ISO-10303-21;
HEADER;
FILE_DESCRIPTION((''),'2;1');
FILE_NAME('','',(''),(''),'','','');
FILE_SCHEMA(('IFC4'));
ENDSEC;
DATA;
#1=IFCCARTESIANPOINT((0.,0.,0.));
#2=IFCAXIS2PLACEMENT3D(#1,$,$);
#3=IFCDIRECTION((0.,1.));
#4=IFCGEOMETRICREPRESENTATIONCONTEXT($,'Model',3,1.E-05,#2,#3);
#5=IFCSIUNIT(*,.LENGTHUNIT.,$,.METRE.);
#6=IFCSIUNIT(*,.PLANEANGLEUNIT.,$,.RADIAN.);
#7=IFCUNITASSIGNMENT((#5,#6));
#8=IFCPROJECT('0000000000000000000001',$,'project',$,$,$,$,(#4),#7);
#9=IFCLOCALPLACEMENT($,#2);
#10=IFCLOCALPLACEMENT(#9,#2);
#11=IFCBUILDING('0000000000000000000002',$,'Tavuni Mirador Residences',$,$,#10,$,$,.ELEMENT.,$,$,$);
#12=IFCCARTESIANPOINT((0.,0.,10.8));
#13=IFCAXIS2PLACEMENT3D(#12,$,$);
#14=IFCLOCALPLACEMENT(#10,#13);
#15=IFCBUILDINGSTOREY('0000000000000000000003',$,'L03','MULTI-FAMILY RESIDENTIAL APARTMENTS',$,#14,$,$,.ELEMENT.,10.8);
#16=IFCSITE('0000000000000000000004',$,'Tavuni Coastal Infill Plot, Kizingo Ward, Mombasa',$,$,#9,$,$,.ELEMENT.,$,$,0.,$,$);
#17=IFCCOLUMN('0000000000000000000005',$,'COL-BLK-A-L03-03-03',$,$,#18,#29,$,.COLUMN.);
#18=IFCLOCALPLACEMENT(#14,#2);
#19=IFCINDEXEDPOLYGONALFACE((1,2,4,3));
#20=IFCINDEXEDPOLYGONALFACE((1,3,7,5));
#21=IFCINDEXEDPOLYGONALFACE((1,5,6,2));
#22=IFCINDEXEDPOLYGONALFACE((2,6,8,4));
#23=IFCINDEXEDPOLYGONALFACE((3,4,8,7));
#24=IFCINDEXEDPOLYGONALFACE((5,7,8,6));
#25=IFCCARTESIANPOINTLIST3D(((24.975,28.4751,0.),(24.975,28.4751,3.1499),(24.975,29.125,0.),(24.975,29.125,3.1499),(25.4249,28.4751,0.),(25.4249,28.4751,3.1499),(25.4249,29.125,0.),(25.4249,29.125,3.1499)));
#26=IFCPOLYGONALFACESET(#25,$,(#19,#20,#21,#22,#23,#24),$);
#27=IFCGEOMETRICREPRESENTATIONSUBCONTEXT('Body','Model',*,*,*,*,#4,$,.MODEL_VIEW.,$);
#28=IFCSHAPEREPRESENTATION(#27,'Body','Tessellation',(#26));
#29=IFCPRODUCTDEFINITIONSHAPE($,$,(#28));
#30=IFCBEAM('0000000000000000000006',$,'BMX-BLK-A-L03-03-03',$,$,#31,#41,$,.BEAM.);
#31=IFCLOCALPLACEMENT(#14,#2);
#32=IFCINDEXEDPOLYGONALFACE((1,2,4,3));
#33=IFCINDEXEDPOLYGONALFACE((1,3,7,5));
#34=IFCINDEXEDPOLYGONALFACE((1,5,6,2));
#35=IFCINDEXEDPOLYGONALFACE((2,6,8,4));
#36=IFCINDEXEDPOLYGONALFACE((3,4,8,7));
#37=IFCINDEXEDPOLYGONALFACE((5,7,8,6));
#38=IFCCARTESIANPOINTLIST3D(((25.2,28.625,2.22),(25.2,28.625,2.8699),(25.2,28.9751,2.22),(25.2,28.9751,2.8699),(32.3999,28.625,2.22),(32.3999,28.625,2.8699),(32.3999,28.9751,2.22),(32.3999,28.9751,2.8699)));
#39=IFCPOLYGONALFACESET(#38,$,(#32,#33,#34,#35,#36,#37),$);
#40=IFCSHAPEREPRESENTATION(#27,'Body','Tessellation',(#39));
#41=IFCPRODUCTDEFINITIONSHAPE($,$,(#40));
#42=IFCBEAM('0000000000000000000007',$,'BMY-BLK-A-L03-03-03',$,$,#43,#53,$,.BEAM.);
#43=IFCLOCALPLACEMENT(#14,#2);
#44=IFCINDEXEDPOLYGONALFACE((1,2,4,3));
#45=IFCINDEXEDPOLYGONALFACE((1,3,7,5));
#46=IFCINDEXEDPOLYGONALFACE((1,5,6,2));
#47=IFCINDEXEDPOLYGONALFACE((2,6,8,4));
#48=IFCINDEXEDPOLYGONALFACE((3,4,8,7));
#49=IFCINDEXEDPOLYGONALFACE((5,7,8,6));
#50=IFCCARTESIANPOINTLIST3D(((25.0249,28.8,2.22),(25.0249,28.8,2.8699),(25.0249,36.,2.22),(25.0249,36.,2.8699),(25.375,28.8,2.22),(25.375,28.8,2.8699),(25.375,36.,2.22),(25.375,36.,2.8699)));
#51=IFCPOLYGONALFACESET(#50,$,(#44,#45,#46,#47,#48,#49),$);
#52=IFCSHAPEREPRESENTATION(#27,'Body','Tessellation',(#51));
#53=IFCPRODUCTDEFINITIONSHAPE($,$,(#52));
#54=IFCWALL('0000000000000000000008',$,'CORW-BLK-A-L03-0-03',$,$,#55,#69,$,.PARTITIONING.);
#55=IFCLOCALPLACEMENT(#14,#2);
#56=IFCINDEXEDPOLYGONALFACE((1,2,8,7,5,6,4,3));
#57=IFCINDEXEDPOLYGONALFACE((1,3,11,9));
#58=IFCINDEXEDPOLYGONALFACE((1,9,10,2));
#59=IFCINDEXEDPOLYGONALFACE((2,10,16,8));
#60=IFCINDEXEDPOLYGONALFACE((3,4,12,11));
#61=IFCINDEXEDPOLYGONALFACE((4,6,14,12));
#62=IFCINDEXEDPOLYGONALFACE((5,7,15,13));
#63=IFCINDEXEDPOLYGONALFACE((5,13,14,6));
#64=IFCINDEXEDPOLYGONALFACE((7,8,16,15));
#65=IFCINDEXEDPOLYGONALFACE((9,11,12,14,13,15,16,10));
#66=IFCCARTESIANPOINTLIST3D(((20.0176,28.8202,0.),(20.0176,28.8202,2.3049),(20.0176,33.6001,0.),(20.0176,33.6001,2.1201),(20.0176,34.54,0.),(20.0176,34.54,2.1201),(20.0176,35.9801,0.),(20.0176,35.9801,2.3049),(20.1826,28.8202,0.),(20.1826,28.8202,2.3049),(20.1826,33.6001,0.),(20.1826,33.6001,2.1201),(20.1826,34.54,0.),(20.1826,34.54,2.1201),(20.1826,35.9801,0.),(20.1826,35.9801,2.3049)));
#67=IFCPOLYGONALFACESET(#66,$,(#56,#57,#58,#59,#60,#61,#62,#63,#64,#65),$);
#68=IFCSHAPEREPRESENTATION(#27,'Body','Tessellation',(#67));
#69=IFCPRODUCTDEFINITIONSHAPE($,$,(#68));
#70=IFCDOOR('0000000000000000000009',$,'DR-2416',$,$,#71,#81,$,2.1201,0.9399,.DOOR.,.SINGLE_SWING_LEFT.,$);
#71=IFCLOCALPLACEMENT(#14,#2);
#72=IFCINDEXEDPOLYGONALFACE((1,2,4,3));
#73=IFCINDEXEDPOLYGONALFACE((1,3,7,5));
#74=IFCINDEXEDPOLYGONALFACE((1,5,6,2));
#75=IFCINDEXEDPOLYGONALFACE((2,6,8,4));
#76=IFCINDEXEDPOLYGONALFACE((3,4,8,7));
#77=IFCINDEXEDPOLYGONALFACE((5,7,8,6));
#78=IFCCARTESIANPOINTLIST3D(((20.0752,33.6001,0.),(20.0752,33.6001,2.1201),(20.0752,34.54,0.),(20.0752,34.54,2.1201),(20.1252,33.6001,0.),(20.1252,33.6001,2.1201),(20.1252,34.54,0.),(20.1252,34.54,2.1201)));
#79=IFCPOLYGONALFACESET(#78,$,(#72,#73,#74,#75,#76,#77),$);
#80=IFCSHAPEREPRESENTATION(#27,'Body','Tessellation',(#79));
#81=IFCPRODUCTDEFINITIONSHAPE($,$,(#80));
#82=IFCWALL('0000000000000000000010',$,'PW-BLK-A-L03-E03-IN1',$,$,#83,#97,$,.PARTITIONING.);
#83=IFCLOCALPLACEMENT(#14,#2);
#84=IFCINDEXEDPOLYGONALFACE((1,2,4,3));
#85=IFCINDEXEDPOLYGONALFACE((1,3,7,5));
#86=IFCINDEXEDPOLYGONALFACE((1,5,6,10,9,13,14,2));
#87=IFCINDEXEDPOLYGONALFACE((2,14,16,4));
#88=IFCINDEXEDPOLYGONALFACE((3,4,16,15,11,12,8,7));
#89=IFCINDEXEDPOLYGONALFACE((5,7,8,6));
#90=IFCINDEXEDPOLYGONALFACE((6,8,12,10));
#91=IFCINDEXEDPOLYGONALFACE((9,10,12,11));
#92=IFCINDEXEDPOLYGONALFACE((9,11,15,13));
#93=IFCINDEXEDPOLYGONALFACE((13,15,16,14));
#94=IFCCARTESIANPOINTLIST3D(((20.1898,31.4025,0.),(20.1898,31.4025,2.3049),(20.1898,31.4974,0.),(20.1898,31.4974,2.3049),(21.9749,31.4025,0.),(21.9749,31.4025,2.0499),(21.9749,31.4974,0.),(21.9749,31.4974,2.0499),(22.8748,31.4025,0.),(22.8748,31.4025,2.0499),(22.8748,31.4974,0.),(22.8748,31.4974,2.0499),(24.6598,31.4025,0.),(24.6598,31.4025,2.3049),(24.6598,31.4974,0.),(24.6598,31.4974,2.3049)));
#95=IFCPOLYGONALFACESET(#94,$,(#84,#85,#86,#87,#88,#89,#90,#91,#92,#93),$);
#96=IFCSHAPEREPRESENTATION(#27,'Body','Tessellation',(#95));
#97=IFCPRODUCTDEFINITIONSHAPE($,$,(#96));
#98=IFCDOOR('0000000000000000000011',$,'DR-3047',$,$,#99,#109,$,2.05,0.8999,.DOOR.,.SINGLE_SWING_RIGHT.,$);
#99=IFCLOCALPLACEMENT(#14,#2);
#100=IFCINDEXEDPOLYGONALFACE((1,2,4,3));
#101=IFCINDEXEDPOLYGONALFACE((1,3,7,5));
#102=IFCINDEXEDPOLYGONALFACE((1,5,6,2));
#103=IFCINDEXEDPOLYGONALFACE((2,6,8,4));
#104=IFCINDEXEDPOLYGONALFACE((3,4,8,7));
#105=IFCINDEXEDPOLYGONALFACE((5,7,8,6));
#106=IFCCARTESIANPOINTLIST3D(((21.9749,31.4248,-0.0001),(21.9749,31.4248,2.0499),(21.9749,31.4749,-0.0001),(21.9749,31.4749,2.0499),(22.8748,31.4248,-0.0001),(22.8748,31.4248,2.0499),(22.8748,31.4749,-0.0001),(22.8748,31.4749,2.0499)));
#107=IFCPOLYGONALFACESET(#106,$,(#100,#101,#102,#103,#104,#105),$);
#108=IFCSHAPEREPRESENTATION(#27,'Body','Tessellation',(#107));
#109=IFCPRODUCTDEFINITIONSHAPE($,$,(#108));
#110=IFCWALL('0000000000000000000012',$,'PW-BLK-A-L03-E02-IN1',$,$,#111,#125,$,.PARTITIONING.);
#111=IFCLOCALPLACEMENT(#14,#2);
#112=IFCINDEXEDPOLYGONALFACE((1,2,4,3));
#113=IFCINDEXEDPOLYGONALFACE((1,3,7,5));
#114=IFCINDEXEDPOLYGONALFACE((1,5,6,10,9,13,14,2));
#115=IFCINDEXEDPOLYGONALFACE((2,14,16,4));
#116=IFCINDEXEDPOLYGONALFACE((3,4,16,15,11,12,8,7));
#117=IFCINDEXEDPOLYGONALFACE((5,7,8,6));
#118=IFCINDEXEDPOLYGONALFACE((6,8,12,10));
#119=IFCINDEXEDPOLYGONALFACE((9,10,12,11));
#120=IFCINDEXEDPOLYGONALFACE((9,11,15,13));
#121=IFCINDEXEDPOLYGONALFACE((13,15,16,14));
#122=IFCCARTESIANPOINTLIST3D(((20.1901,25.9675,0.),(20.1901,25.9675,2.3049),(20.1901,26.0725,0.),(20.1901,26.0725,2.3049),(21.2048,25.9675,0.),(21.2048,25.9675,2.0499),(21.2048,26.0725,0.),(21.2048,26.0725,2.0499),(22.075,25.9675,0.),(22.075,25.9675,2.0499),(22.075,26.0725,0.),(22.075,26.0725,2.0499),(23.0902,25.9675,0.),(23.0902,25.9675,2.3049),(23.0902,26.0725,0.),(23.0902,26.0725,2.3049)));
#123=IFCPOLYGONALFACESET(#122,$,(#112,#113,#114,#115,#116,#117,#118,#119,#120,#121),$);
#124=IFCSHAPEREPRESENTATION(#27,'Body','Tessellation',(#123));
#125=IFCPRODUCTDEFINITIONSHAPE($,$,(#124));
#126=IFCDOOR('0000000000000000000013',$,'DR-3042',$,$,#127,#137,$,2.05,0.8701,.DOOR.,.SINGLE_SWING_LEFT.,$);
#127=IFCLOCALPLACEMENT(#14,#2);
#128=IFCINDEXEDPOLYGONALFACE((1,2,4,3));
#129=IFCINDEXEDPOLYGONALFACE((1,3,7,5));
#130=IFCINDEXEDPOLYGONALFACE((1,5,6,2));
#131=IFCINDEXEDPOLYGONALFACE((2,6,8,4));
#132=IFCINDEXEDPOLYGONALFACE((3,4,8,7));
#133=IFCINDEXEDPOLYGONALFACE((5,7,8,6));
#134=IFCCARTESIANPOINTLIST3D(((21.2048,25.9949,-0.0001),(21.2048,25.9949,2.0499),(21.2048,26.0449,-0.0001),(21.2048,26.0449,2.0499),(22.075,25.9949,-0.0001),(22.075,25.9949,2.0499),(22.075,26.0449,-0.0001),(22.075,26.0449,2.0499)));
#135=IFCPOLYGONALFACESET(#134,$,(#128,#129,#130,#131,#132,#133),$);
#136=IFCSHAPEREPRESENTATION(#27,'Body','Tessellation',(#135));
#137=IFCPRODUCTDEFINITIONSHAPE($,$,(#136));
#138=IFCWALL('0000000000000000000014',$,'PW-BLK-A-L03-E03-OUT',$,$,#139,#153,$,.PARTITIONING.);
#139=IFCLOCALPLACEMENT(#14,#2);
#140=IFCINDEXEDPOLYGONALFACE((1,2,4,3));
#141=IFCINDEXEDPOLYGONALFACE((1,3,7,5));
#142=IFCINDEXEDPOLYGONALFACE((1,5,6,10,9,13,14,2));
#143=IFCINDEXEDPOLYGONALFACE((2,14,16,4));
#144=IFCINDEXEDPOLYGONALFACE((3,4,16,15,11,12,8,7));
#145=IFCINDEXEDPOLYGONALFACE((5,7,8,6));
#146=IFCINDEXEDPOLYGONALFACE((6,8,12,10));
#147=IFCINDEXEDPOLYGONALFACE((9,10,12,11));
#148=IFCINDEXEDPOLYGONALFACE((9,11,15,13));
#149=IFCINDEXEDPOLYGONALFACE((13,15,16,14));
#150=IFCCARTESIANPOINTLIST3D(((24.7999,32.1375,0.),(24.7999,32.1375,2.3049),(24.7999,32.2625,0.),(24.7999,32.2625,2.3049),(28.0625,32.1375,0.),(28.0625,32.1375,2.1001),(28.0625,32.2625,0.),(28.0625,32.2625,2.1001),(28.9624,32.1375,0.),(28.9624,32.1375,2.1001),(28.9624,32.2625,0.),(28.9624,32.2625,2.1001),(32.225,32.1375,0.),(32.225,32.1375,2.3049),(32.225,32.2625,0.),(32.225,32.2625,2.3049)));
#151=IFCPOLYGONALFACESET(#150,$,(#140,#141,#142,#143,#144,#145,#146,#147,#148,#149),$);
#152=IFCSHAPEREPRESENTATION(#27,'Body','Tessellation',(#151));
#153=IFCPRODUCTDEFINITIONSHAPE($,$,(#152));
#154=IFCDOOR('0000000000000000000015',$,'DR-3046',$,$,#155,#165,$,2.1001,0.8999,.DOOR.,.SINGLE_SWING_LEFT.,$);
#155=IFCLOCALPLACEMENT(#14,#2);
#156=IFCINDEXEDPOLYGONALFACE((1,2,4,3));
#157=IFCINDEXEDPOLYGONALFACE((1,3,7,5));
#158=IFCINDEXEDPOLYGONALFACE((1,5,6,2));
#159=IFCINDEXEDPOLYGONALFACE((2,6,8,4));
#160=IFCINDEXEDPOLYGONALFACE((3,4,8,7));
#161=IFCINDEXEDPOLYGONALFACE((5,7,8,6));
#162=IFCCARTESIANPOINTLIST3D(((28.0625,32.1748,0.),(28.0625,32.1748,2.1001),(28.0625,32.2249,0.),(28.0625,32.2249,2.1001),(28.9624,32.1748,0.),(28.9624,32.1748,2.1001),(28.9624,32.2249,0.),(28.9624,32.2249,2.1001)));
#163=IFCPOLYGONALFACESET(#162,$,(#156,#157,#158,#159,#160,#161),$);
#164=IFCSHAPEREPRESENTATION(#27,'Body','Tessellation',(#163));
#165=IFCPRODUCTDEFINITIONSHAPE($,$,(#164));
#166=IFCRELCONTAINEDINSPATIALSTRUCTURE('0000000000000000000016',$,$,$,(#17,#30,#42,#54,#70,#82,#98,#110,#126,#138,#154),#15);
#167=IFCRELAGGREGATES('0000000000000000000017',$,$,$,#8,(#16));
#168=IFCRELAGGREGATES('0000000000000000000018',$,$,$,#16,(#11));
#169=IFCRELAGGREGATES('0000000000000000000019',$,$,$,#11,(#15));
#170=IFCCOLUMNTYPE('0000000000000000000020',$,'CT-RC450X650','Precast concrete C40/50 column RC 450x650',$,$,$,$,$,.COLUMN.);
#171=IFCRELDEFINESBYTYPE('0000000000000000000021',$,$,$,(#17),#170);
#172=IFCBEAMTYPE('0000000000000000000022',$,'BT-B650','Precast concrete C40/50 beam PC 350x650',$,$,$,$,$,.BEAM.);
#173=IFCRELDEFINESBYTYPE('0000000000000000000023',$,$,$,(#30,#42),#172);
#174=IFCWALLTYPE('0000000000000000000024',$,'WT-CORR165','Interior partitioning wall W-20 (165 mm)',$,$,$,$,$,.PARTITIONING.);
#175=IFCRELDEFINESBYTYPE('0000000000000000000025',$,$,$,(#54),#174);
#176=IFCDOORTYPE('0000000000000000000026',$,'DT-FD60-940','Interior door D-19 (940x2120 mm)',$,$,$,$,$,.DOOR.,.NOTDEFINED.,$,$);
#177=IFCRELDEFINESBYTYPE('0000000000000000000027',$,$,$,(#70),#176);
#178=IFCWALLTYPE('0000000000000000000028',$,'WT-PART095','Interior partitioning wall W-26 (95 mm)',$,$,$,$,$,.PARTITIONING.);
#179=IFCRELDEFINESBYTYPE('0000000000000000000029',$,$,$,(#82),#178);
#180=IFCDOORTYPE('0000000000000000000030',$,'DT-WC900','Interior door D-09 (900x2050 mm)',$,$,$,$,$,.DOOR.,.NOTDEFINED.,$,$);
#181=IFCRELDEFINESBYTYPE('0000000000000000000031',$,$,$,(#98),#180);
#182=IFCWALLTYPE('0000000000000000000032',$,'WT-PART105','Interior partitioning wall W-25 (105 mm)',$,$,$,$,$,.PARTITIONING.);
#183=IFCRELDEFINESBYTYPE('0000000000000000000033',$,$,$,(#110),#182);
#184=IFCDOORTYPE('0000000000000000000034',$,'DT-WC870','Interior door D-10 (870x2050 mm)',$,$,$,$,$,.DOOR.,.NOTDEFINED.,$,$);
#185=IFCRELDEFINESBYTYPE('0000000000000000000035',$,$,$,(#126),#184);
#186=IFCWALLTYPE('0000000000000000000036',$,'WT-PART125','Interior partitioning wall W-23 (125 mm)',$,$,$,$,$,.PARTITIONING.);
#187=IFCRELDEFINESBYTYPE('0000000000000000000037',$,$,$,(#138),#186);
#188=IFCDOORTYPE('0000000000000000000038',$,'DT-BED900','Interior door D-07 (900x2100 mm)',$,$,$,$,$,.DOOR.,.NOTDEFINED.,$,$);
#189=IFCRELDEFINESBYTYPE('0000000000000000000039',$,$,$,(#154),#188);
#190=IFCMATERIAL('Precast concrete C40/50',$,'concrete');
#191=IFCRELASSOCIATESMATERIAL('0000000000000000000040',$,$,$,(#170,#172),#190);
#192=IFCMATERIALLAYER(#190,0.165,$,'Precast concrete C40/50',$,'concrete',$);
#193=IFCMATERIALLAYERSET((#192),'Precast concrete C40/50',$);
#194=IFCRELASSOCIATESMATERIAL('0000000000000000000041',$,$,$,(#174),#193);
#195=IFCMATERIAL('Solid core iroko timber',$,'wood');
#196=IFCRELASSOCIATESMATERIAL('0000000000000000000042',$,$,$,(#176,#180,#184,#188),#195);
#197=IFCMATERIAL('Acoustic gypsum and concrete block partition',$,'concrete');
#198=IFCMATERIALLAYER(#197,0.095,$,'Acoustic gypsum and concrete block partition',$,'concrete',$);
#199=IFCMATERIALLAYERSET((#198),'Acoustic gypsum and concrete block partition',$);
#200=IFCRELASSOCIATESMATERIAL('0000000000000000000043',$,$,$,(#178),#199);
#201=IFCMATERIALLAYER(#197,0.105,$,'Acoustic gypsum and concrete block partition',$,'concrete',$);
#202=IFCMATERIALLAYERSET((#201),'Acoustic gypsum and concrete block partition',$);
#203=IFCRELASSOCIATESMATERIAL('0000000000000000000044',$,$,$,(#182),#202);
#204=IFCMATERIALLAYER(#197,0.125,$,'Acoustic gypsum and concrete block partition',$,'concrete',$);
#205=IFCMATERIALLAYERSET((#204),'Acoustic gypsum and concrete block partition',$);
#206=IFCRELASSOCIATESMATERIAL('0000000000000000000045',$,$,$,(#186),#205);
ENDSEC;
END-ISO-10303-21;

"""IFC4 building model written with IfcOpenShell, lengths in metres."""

from ifc_helpers import new_model, si_unit, direction, frame, frame_2d, origin, origin_2d, place, context, subcontext, project, spatial, rectangle, extrude, material, layer, layer_set, material_profile, profile_set, type_object, element, fill, save


model = new_model("IFC4")

# Units and contexts
model_context = context("Model", 3, precision=1e-05, world=origin(), true_north=direction((0.0, 1.0)))
body_context = subcontext(model_context, "Body", "Model", "MODEL_VIEW")
ifc_project = project(units=[si_unit("LENGTHUNIT", "METRE"), si_unit("PLANEANGLEUNIT", "RADIAN")], contexts=[model_context])

# Site, building, storey
site_placement = place(None, origin())
site = spatial("IfcSite", under=ifc_project, at=site_placement, Name="Tavuni Coastal Infill Plot, Kizingo Ward, Mombasa", CompositionType="ELEMENT", RefElevation=0.0)
building_placement = place(site_placement, origin())
building = spatial("IfcBuilding", under=site, at=building_placement, Name="Tavuni Mirador Residences", CompositionType="ELEMENT")
storey_placement = place(building_placement, frame((0.0, 0.0, 10.8)))
storey = spatial("IfcBuildingStorey", under=building, at=storey_placement, Name="L03", Description="MULTI-FAMILY RESIDENTIAL APARTMENTS", CompositionType="ELEMENT", Elevation=10.8)

# Column
ifc_material_1 = material(Name="Precast concrete C40/50", Category="concrete")
ifc_material_profile_1 = material_profile(ifc_material_1, rectangle(XDim=0.45, YDim=0.6499, at=origin_2d()), Name="RC 450x650", Category="concrete")
ifc_profile_set_1 = profile_set([ifc_material_profile_1], Name="Precast concrete C40/50")
column_type = type_object("IfcColumnType", Name="CT-RC450X650", Description="Precast concrete C40/50 column RC 450x650", PredefinedType="COLUMN", material=ifc_profile_set_1)
column_placement = place(storey_placement, frame((25.2, 28.8, 0.0), z_axis=(0.0, 0.0, 1.0), x_axis=(1.0, 0.0, 0.0)))
element("IfcColumn", 1, at=column_placement, inside=storey, type_object=column_type, Name="COL-BLK-A-L03-03-03", PredefinedType="COLUMN", context=body_context, shape_type="SweptSolid", body=[
    extrude(rectangle(XDim=0.45, YDim=0.6499, at=origin_2d()), origin(), (0.0, 0.0, 1.0), 3.1499),
])

# Beams
ifc_material_profile_2 = material_profile(ifc_material_1, rectangle(XDim=0.3501, YDim=0.6499, at=origin_2d()), Name="PC 350x650", Category="concrete")
ifc_profile_set_2 = profile_set([ifc_material_profile_2], Name="Precast concrete C40/50")
beam_type = type_object("IfcBeamType", Name="BT-B650", Description="Precast concrete C40/50 beam PC 350x650", PredefinedType="BEAM", material=ifc_profile_set_2)
for number, where, z_axis, x_axis, name in (
    (2, (25.2, 28.8, 2.5449), (1.0, 0.0, 0.0), (0.0, 1.0, 0.0), "BMX-BLK-A-L03-03-03"),
    (3, (25.2, 28.8, 2.5449), (0.0, 1.0, 0.0), (-1.0, 0.0, 0.0), "BMY-BLK-A-L03-03-03"),
):
    element("IfcBeam", number, at=place(storey_placement, frame(where, z_axis=z_axis, x_axis=x_axis)), inside=storey, type_object=beam_type, Name=name, PredefinedType="BEAM", context=body_context, shape_type="SweptSolid", body=[
        extrude(rectangle(XDim=0.3501, YDim=0.6499, at=origin_2d()), origin(), (0.0, 0.0, 1.0), 7.2),
    ])

# Walls, openings, doors
ifc_layer_1 = layer(ifc_material_1, 0.165, Name="Precast concrete C40/50", Category="concrete")
ifc_layer_set_1 = layer_set([ifc_layer_1], Name="Precast concrete C40/50")
wall_type_1 = type_object("IfcWallType", Name="WT-CORR165", Description="Interior partitioning wall W-20 (165 mm)", PredefinedType="PARTITIONING", material=ifc_layer_set_1)
wall_1_placement = place(storey_placement, frame((20.1001, 28.8201, 0.0), z_axis=(0.0, 0.0, 1.0), x_axis=(0.0, 1.0, 0.0)))
wall_1 = element("IfcWall", 4, at=wall_1_placement, inside=storey, type_object=wall_type_1, Name="CORW-BLK-A-L03-0-03", PredefinedType="PARTITIONING", context=body_context, shape_type="SweptSolid", body=[
    extrude(rectangle(XDim=7.1599, YDim=0.165, at=frame_2d((3.5801, 0.0))), origin(), (0.0, 0.0, 1.0), 2.3049),
])
opening_1_placement = place(wall_1_placement, frame((4.78, 0.0, 0.0)))
opening_1 = element("IfcOpeningElement", 5, at=opening_1_placement, cuts=wall_1, PredefinedType="OPENING", context=body_context, shape_type="SweptSolid", body=[
    extrude(rectangle(XDim=0.9399, YDim=2.1201, at=frame_2d((0.47, 1.0601))), frame((0.0, 0.0925, 0.0), z_axis=(0.0, -1.0, 0.0), x_axis=(1.0, 0.0, 0.0)), (0.0, 0.0, 1.0), 0.1851),
])
ifc_material_2 = material(Name="Solid core iroko timber", Category="wood")
door_type_1 = type_object("IfcDoorType", Name="DT-FD60-940", Description="Interior door D-19 (940x2120 mm)", OperationType="NOTDEFINED", PredefinedType="DOOR", material=ifc_material_2)
door_1_placement = place(opening_1_placement, origin())
door_1 = element("IfcDoor", 6, at=door_1_placement, inside=storey, type_object=door_type_1, Name="DR-2416", OperationType="SINGLE_SWING_LEFT", OverallHeight=2.1201, OverallWidth=0.9399, PredefinedType="DOOR", context=body_context, shape_type="SweptSolid", body=[
    extrude(rectangle(XDim=0.9399, YDim=2.1201, at=frame_2d((0.47, 1.0601))), frame((0.0, 0.0249, 0.0), z_axis=(0.0, -1.0, 0.0), x_axis=(1.0, 0.0, 0.0)), (0.0, 0.0, 1.0), 0.05),
])
fill(opening_1, door_1)
ifc_material_3 = material(Name="Acoustic gypsum and concrete block partition", Category="concrete")
ifc_layer_2 = layer(ifc_material_3, 0.095, Name="Acoustic gypsum and concrete block partition", Category="concrete")
ifc_layer_set_2 = layer_set([ifc_layer_2], Name="Acoustic gypsum and concrete block partition")
wall_type_2 = type_object("IfcWallType", Name="WT-PART095", Description="Interior partitioning wall W-26 (95 mm)", PredefinedType="PARTITIONING", material=ifc_layer_set_2)
wall_2_placement = place(storey_placement, frame((20.1899, 31.45, 0.0), z_axis=(0.0, 0.0, 1.0), x_axis=(1.0, 0.0, 0.0)))
wall_2 = element("IfcWall", 7, at=wall_2_placement, inside=storey, type_object=wall_type_2, Name="PW-BLK-A-L03-E03-IN1", PredefinedType="PARTITIONING", context=body_context, shape_type="SweptSolid", body=[
    extrude(rectangle(XDim=4.47, YDim=0.095, at=frame_2d((2.2349, 0.0))), origin(), (0.0, 0.0, 1.0), 2.3049),
])
opening_2_placement = place(wall_2_placement, frame((1.7849, 0.0, 0.0)))
opening_2 = element("IfcOpeningElement", 8, at=opening_2_placement, cuts=wall_2, PredefinedType="OPENING", context=body_context, shape_type="SweptSolid", body=[
    extrude(rectangle(XDim=0.8999, YDim=2.05, at=frame_2d((0.45, 1.0249))), frame((0.0, 0.0576, 0.0), z_axis=(0.0, -1.0, 0.0), x_axis=(1.0, 0.0, 0.0)), (0.0, 0.0, 1.0), 0.115),
])
door_type_2 = type_object("IfcDoorType", Name="DT-WC900", Description="Interior door D-09 (900x2050 mm)", OperationType="NOTDEFINED", PredefinedType="DOOR", material=ifc_material_2)
door_2_placement = place(opening_2_placement, origin())
door_2 = element("IfcDoor", 9, at=door_2_placement, inside=storey, type_object=door_type_2, Name="DR-3047", OperationType="SINGLE_SWING_RIGHT", OverallHeight=2.05, OverallWidth=0.8999, PredefinedType="DOOR", context=body_context, shape_type="SweptSolid", body=[
    extrude(rectangle(XDim=0.8999, YDim=2.05, at=frame_2d((0.45, 1.0249))), frame((0.0, 0.0249, 0.0), z_axis=(0.0, -1.0, 0.0), x_axis=(1.0, 0.0, 0.0)), (0.0, 0.0, 1.0), 0.05),
])
fill(opening_2, door_2)
ifc_layer_3 = layer(ifc_material_3, 0.105, Name="Acoustic gypsum and concrete block partition", Category="concrete")
ifc_layer_set_3 = layer_set([ifc_layer_3], Name="Acoustic gypsum and concrete block partition")
wall_type_3 = type_object("IfcWallType", Name="WT-PART105", Description="Interior partitioning wall W-25 (105 mm)", PredefinedType="PARTITIONING", material=ifc_layer_set_3)
wall_3_placement = place(storey_placement, frame((20.1899, 26.02, 0.0), z_axis=(0.0, 0.0, 1.0), x_axis=(1.0, 0.0, 0.0)))
wall_3 = element("IfcWall", 10, at=wall_3_placement, inside=storey, type_object=wall_type_3, Name="PW-BLK-A-L03-E02-IN1", PredefinedType="PARTITIONING", context=body_context, shape_type="SweptSolid", body=[
    extrude(rectangle(XDim=2.9001, YDim=0.105, at=frame_2d((1.4502, 0.0))), origin(), (0.0, 0.0, 1.0), 2.3049),
])
opening_3_placement = place(wall_3_placement, frame((1.0149, 0.0, 0.0)))
opening_3 = element("IfcOpeningElement", 11, at=opening_3_placement, cuts=wall_3, PredefinedType="OPENING", context=body_context, shape_type="SweptSolid", body=[
    extrude(rectangle(XDim=0.8701, YDim=2.05, at=frame_2d((0.4351, 1.0249))), frame((0.0, 0.0625, 0.0), z_axis=(0.0, -1.0, 0.0), x_axis=(1.0, 0.0, 0.0)), (0.0, 0.0, 1.0), 0.125),
])
door_type_3 = type_object("IfcDoorType", Name="DT-WC870", Description="Interior door D-10 (870x2050 mm)", OperationType="NOTDEFINED", PredefinedType="DOOR", material=ifc_material_2)
door_3_placement = place(opening_3_placement, origin())
door_3 = element("IfcDoor", 12, at=door_3_placement, inside=storey, type_object=door_type_3, Name="DR-3042", OperationType="SINGLE_SWING_LEFT", OverallHeight=2.05, OverallWidth=0.8701, PredefinedType="DOOR", context=body_context, shape_type="SweptSolid", body=[
    extrude(rectangle(XDim=0.8701, YDim=2.05, at=frame_2d((0.4351, 1.0249))), frame((0.0, 0.0249, 0.0), z_axis=(0.0, -1.0, 0.0), x_axis=(1.0, 0.0, 0.0)), (0.0, 0.0, 1.0), 0.05),
])
fill(opening_3, door_3)
ifc_layer_4 = layer(ifc_material_3, 0.125, Name="Acoustic gypsum and concrete block partition", Category="concrete")
ifc_layer_set_4 = layer_set([ifc_layer_4], Name="Acoustic gypsum and concrete block partition")
wall_type_4 = type_object("IfcWallType", Name="WT-PART125", Description="Interior partitioning wall W-23 (125 mm)", PredefinedType="PARTITIONING", material=ifc_layer_set_4)
wall_4_placement = place(storey_placement, frame((24.8, 32.2, 0.0), z_axis=(0.0, 0.0, 1.0), x_axis=(1.0, 0.0, 0.0)))
wall_4 = element("IfcWall", 13, at=wall_4_placement, inside=storey, type_object=wall_type_4, Name="PW-BLK-A-L03-E03-OUT", PredefinedType="PARTITIONING", context=body_context, shape_type="SweptSolid", body=[
    extrude(rectangle(XDim=7.425, YDim=0.125, at=frame_2d((3.7124, 0.0))), origin(), (0.0, 0.0, 1.0), 2.3049),
])
opening_4_placement = place(wall_4_placement, frame((3.2625, 0.0, 0.0)))
opening_4 = element("IfcOpeningElement", 14, at=opening_4_placement, cuts=wall_4, PredefinedType="OPENING", context=body_context, shape_type="SweptSolid", body=[
    extrude(rectangle(XDim=0.8999, YDim=2.1001, at=frame_2d((0.45, 1.05))), frame((0.0, 0.0725, 0.0), z_axis=(0.0, -1.0, 0.0), x_axis=(1.0, 0.0, 0.0)), (0.0, 0.0, 1.0), 0.145),
])
door_type_4 = type_object("IfcDoorType", Name="DT-BED900", Description="Interior door D-07 (900x2100 mm)", OperationType="NOTDEFINED", PredefinedType="DOOR", material=ifc_material_2)
door_4_placement = place(opening_4_placement, origin())
door_4 = element("IfcDoor", 15, at=door_4_placement, inside=storey, type_object=door_type_4, Name="DR-3046", OperationType="SINGLE_SWING_LEFT", OverallHeight=2.1001, OverallWidth=0.8999, PredefinedType="DOOR", context=body_context, shape_type="SweptSolid", body=[
    extrude(rectangle(XDim=0.8999, YDim=2.1001, at=frame_2d((0.45, 1.05))), frame((0.0, 0.0249, 0.0), z_axis=(0.0, -1.0, 0.0), x_axis=(1.0, 0.0, 0.0)), (0.0, 0.0, 1.0), 0.05),
])
fill(opening_4, door_4)

save(model, "model.ifc")
